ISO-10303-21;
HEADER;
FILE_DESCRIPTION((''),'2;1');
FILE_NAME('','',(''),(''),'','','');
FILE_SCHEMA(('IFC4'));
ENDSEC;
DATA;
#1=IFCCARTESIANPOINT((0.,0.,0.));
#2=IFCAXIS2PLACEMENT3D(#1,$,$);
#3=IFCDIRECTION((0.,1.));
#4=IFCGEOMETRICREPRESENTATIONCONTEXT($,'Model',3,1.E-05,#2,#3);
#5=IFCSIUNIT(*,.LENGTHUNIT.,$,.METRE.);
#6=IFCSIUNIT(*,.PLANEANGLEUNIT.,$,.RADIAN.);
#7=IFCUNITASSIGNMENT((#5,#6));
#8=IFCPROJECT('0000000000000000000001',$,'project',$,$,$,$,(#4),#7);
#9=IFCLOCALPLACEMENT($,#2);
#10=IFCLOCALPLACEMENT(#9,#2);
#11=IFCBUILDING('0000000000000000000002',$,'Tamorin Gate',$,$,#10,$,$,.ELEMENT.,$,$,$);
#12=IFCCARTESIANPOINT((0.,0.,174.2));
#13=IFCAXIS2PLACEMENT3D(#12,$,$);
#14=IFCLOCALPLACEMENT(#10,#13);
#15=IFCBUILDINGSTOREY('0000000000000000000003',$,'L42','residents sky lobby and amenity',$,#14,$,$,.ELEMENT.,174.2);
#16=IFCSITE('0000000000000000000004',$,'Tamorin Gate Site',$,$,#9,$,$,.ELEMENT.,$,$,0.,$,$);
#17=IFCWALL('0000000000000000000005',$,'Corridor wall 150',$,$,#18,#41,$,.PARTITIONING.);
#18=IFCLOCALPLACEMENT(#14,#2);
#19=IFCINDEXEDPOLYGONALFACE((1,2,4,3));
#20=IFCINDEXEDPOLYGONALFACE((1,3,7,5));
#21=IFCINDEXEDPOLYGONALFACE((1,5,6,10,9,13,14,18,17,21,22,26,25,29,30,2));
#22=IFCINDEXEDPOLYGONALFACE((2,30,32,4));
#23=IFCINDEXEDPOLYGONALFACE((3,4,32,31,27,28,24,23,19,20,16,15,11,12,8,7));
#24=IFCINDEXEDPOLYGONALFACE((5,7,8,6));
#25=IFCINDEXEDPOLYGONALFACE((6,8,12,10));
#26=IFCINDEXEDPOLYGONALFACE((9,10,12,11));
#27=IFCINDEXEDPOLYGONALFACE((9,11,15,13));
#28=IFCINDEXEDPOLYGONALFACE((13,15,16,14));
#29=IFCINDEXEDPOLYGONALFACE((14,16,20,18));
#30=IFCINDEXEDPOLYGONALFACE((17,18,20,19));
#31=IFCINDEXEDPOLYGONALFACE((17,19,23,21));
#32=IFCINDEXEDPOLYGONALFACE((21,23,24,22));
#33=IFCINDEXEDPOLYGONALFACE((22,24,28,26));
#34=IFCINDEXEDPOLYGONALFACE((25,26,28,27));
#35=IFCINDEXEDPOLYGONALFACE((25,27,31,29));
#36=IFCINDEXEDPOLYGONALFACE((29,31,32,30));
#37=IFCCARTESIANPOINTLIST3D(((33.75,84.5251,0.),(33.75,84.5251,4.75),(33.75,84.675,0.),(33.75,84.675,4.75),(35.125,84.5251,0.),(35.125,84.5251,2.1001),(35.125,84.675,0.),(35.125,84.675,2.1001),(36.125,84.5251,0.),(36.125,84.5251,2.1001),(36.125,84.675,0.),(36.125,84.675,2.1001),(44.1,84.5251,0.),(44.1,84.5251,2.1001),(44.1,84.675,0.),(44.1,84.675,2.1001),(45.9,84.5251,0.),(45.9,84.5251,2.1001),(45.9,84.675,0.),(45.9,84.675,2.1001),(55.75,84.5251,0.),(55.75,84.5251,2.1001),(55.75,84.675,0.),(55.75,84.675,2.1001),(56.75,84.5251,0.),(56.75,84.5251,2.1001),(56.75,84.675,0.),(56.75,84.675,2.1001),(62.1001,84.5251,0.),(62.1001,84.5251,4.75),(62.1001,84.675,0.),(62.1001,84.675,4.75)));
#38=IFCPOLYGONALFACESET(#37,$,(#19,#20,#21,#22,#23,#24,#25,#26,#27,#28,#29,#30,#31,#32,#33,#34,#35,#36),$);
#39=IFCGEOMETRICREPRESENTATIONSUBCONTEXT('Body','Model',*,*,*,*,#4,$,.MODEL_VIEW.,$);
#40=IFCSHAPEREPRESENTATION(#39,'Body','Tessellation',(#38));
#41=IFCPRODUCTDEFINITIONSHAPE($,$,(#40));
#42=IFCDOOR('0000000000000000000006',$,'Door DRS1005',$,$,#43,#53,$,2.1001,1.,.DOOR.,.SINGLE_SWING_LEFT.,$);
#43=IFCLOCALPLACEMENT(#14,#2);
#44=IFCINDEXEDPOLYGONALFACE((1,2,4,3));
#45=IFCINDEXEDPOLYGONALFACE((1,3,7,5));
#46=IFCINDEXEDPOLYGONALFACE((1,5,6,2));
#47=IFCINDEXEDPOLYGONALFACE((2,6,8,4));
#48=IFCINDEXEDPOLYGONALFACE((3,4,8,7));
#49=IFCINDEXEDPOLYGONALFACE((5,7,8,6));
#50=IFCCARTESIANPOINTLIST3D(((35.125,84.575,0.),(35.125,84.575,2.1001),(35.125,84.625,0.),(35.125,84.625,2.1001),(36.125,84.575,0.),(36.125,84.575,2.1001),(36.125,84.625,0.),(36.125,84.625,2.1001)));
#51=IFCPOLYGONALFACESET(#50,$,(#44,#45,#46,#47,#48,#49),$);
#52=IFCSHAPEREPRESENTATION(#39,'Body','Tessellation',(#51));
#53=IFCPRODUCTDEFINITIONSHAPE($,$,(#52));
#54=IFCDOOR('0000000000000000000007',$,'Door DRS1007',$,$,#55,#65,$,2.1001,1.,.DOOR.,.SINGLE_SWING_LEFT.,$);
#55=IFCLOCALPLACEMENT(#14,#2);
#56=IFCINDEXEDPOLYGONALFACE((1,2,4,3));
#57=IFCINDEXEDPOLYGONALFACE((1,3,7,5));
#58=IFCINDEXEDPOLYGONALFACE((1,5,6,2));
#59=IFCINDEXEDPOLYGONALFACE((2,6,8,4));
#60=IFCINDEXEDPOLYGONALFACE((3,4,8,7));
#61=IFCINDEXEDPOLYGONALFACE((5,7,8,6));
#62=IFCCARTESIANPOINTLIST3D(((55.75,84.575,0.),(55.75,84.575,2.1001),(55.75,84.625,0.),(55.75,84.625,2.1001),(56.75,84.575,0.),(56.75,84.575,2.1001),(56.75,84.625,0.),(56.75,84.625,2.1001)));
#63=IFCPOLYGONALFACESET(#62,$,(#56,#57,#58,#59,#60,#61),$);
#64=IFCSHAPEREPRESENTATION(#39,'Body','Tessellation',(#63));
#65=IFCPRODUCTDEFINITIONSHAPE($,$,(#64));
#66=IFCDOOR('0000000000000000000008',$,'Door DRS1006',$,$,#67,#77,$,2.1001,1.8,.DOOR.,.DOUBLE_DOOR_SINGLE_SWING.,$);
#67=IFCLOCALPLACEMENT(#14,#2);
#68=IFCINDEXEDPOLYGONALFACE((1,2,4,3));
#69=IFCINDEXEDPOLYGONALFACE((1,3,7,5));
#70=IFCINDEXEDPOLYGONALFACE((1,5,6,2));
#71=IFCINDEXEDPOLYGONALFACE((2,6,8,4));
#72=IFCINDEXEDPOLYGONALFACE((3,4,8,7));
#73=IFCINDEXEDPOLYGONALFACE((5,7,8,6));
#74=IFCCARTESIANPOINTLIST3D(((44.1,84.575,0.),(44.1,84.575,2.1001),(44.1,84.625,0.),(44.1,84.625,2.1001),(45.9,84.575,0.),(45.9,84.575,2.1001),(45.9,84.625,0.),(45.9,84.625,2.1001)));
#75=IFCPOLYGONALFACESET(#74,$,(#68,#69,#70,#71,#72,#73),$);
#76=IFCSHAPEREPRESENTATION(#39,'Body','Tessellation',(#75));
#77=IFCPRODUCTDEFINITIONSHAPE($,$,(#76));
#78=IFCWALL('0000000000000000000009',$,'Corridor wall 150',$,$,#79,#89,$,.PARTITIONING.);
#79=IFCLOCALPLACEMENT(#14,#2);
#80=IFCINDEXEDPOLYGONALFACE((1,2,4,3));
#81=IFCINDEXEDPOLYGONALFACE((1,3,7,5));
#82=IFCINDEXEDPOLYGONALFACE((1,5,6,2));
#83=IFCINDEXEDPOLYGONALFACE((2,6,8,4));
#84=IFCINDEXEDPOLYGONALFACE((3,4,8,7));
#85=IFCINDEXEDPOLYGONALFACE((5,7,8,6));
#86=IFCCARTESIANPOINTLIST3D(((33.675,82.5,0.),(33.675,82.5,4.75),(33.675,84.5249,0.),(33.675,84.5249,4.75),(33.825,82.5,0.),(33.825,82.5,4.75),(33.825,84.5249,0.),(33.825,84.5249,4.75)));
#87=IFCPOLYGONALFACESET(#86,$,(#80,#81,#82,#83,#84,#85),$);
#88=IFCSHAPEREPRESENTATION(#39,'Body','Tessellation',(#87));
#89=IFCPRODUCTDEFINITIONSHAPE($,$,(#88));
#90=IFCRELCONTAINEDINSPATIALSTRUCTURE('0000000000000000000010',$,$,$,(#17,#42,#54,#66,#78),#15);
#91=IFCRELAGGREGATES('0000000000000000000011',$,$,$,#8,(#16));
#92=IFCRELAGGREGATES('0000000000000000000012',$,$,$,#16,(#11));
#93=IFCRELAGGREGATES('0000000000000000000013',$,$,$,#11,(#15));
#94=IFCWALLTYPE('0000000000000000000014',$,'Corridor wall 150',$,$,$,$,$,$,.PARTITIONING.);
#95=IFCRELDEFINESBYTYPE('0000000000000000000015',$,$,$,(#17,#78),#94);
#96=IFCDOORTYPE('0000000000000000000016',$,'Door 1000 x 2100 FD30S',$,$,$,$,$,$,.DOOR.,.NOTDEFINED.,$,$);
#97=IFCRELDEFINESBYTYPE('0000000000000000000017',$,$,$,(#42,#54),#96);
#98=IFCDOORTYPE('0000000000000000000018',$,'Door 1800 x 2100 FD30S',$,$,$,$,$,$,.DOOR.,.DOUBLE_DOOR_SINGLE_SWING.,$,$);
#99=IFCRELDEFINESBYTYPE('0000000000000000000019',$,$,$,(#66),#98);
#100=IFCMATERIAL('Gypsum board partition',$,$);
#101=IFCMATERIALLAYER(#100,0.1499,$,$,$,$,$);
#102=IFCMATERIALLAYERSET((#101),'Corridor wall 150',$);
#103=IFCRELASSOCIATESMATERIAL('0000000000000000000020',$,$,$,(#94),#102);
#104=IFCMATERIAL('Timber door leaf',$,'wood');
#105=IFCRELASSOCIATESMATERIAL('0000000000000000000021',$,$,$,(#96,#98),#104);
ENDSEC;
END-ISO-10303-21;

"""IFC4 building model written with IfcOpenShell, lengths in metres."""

from ifc_helpers import new_model, si_unit, direction, frame, frame_2d, origin, place, context, subcontext, project, spatial, rectangle, extrude, material, layer, layer_set, type_object, element, fill, save


model = new_model("IFC4")

# Units and contexts
model_context = context("Model", 3, precision=1e-05, world=origin(), true_north=direction((0.0, 1.0)))
body_context = subcontext(model_context, "Body", "Model", "MODEL_VIEW")
ifc_project = project(units=[si_unit("LENGTHUNIT", "METRE"), si_unit("PLANEANGLEUNIT", "RADIAN")], contexts=[model_context])

# Site, building, storey
site_placement = place(None, origin())
site = spatial("IfcSite", under=ifc_project, at=site_placement, Name="Tamorin Gate Site", CompositionType="ELEMENT", RefElevation=0.0)
building_placement = place(site_placement, origin())
building = spatial("IfcBuilding", under=site, at=building_placement, Name="Tamorin Gate", CompositionType="ELEMENT")
storey_placement = place(building_placement, frame((0.0, 0.0, 174.2)))
storey = spatial("IfcBuildingStorey", under=building, at=storey_placement, Name="L42", Description="residents sky lobby and amenity", CompositionType="ELEMENT", Elevation=174.2)

# Wall, openings, doors
ifc_material_1 = material(Name="Gypsum board partition")
ifc_layer_1 = layer(ifc_material_1, 0.1499)
ifc_layer_set_1 = layer_set([ifc_layer_1], Name="Corridor wall 150")
wall_type_1 = type_object("IfcWallType", Name="Corridor wall 150", PredefinedType="PARTITIONING", material=ifc_layer_set_1)
wall_1_placement = place(storey_placement, frame((33.75, 84.6001, 0.0), z_axis=(0.0, 0.0, 1.0), x_axis=(1.0, 0.0, 0.0)))
wall_1 = element("IfcWall", 1, at=wall_1_placement, inside=storey, type_object=wall_type_1, Name="Corridor wall 150", PredefinedType="PARTITIONING", context=body_context, shape_type="SweptSolid", body=[
    extrude(rectangle(XDim=28.3501, YDim=0.1499, at=frame_2d((14.175, 0.0))), origin(), (0.0, 0.0, 1.0), 4.75),
])
opening_1_placement = place(wall_1_placement, frame((1.375, 0.0, 0.0)))
opening_1 = element("IfcOpeningElement", 2, at=opening_1_placement, cuts=wall_1, PredefinedType="OPENING", context=body_context, shape_type="SweptSolid", body=[
    extrude(rectangle(XDim=1.0, YDim=2.1001, at=frame_2d((0.5, 1.05))), frame((0.0, 0.085, 0.0), z_axis=(0.0, -1.0, 0.0), x_axis=(1.0, 0.0, 0.0)), (0.0, 0.0, 1.0), 0.1699),
])
opening_2_placement = place(wall_1_placement, frame((10.3501, 0.0, 0.0)))
opening_2 = element("IfcOpeningElement", 3, at=opening_2_placement, cuts=wall_1, PredefinedType="OPENING", context=body_context, shape_type="SweptSolid", body=[
    extrude(rectangle(XDim=1.8, YDim=2.1001, at=frame_2d((0.8999, 1.05))), frame((0.0, 0.085, 0.0), z_axis=(0.0, -1.0, 0.0), x_axis=(1.0, 0.0, 0.0)), (0.0, 0.0, 1.0), 0.1699),
])
opening_3_placement = place(wall_1_placement, frame((22.0, 0.0, 0.0)))
opening_3 = element("IfcOpeningElement", 4, at=opening_3_placement, cuts=wall_1, PredefinedType="OPENING", context=body_context, shape_type="SweptSolid", body=[
    extrude(rectangle(XDim=1.0, YDim=2.1001, at=frame_2d((0.5, 1.05))), frame((0.0, 0.085, 0.0), z_axis=(0.0, -1.0, 0.0), x_axis=(1.0, 0.0, 0.0)), (0.0, 0.0, 1.0), 0.1699),
])
ifc_material_2 = material(Name="Timber door leaf", Category="wood")
door_type_1 = type_object("IfcDoorType", Name="Door 1000 x 2100 FD30S", OperationType="NOTDEFINED", PredefinedType="DOOR", material=ifc_material_2)
door_1_placement = place(opening_1_placement, origin())
door_1 = element("IfcDoor", 5, at=door_1_placement, inside=storey, type_object=door_type_1, Name="Door DRS1005", OperationType="SINGLE_SWING_LEFT", OverallHeight=2.1001, OverallWidth=1.0, PredefinedType="DOOR", context=body_context, shape_type="SweptSolid", body=[
    extrude(rectangle(XDim=1.0, YDim=2.1001, at=frame_2d((0.5, 1.05))), frame((0.0, 0.0249, 0.0), z_axis=(0.0, -1.0, 0.0), x_axis=(1.0, 0.0, 0.0)), (0.0, 0.0, 1.0), 0.05),
])
fill(opening_1, door_1)
door_2_placement = place(opening_3_placement, origin())
door_2 = element("IfcDoor", 6, at=door_2_placement, inside=storey, type_object=door_type_1, Name="Door DRS1007", OperationType="SINGLE_SWING_LEFT", OverallHeight=2.1001, OverallWidth=1.0, PredefinedType="DOOR", context=body_context, shape_type="SweptSolid", body=[
    extrude(rectangle(XDim=1.0, YDim=2.1001, at=frame_2d((0.5, 1.05))), frame((0.0, 0.0249, 0.0), z_axis=(0.0, -1.0, 0.0), x_axis=(1.0, 0.0, 0.0)), (0.0, 0.0, 1.0), 0.05),
])
fill(opening_3, door_2)
door_type_2 = type_object("IfcDoorType", Name="Door 1800 x 2100 FD30S", OperationType="DOUBLE_DOOR_SINGLE_SWING", PredefinedType="DOOR", material=ifc_material_2)
door_3_placement = place(opening_2_placement, origin())
door_3 = element("IfcDoor", 7, at=door_3_placement, inside=storey, type_object=door_type_2, Name="Door DRS1006", OperationType="DOUBLE_DOOR_SINGLE_SWING", OverallHeight=2.1001, OverallWidth=1.8, PredefinedType="DOOR", context=body_context, shape_type="SweptSolid", body=[
    extrude(rectangle(XDim=1.8, YDim=2.1001, at=frame_2d((0.8999, 1.05))), frame((0.0, 0.0249, 0.0), z_axis=(0.0, -1.0, 0.0), x_axis=(1.0, 0.0, 0.0)), (0.0, 0.0, 1.0), 0.05),
])
fill(opening_2, door_3)

# Wall
wall_2_placement = place(storey_placement, frame((33.75, 82.5, 0.0), z_axis=(0.0, 0.0, 1.0), x_axis=(0.0, 1.0, 0.0)))
element("IfcWall", 8, at=wall_2_placement, inside=storey, type_object=wall_type_1, Name="Corridor wall 150", PredefinedType="PARTITIONING", context=body_context, shape_type="SweptSolid", body=[
    extrude(rectangle(XDim=2.0249, YDim=0.1499, at=frame_2d((1.0125, 0.0))), origin(), (0.0, 0.0, 1.0), 4.75),
])

save(model, "model.ifc")
